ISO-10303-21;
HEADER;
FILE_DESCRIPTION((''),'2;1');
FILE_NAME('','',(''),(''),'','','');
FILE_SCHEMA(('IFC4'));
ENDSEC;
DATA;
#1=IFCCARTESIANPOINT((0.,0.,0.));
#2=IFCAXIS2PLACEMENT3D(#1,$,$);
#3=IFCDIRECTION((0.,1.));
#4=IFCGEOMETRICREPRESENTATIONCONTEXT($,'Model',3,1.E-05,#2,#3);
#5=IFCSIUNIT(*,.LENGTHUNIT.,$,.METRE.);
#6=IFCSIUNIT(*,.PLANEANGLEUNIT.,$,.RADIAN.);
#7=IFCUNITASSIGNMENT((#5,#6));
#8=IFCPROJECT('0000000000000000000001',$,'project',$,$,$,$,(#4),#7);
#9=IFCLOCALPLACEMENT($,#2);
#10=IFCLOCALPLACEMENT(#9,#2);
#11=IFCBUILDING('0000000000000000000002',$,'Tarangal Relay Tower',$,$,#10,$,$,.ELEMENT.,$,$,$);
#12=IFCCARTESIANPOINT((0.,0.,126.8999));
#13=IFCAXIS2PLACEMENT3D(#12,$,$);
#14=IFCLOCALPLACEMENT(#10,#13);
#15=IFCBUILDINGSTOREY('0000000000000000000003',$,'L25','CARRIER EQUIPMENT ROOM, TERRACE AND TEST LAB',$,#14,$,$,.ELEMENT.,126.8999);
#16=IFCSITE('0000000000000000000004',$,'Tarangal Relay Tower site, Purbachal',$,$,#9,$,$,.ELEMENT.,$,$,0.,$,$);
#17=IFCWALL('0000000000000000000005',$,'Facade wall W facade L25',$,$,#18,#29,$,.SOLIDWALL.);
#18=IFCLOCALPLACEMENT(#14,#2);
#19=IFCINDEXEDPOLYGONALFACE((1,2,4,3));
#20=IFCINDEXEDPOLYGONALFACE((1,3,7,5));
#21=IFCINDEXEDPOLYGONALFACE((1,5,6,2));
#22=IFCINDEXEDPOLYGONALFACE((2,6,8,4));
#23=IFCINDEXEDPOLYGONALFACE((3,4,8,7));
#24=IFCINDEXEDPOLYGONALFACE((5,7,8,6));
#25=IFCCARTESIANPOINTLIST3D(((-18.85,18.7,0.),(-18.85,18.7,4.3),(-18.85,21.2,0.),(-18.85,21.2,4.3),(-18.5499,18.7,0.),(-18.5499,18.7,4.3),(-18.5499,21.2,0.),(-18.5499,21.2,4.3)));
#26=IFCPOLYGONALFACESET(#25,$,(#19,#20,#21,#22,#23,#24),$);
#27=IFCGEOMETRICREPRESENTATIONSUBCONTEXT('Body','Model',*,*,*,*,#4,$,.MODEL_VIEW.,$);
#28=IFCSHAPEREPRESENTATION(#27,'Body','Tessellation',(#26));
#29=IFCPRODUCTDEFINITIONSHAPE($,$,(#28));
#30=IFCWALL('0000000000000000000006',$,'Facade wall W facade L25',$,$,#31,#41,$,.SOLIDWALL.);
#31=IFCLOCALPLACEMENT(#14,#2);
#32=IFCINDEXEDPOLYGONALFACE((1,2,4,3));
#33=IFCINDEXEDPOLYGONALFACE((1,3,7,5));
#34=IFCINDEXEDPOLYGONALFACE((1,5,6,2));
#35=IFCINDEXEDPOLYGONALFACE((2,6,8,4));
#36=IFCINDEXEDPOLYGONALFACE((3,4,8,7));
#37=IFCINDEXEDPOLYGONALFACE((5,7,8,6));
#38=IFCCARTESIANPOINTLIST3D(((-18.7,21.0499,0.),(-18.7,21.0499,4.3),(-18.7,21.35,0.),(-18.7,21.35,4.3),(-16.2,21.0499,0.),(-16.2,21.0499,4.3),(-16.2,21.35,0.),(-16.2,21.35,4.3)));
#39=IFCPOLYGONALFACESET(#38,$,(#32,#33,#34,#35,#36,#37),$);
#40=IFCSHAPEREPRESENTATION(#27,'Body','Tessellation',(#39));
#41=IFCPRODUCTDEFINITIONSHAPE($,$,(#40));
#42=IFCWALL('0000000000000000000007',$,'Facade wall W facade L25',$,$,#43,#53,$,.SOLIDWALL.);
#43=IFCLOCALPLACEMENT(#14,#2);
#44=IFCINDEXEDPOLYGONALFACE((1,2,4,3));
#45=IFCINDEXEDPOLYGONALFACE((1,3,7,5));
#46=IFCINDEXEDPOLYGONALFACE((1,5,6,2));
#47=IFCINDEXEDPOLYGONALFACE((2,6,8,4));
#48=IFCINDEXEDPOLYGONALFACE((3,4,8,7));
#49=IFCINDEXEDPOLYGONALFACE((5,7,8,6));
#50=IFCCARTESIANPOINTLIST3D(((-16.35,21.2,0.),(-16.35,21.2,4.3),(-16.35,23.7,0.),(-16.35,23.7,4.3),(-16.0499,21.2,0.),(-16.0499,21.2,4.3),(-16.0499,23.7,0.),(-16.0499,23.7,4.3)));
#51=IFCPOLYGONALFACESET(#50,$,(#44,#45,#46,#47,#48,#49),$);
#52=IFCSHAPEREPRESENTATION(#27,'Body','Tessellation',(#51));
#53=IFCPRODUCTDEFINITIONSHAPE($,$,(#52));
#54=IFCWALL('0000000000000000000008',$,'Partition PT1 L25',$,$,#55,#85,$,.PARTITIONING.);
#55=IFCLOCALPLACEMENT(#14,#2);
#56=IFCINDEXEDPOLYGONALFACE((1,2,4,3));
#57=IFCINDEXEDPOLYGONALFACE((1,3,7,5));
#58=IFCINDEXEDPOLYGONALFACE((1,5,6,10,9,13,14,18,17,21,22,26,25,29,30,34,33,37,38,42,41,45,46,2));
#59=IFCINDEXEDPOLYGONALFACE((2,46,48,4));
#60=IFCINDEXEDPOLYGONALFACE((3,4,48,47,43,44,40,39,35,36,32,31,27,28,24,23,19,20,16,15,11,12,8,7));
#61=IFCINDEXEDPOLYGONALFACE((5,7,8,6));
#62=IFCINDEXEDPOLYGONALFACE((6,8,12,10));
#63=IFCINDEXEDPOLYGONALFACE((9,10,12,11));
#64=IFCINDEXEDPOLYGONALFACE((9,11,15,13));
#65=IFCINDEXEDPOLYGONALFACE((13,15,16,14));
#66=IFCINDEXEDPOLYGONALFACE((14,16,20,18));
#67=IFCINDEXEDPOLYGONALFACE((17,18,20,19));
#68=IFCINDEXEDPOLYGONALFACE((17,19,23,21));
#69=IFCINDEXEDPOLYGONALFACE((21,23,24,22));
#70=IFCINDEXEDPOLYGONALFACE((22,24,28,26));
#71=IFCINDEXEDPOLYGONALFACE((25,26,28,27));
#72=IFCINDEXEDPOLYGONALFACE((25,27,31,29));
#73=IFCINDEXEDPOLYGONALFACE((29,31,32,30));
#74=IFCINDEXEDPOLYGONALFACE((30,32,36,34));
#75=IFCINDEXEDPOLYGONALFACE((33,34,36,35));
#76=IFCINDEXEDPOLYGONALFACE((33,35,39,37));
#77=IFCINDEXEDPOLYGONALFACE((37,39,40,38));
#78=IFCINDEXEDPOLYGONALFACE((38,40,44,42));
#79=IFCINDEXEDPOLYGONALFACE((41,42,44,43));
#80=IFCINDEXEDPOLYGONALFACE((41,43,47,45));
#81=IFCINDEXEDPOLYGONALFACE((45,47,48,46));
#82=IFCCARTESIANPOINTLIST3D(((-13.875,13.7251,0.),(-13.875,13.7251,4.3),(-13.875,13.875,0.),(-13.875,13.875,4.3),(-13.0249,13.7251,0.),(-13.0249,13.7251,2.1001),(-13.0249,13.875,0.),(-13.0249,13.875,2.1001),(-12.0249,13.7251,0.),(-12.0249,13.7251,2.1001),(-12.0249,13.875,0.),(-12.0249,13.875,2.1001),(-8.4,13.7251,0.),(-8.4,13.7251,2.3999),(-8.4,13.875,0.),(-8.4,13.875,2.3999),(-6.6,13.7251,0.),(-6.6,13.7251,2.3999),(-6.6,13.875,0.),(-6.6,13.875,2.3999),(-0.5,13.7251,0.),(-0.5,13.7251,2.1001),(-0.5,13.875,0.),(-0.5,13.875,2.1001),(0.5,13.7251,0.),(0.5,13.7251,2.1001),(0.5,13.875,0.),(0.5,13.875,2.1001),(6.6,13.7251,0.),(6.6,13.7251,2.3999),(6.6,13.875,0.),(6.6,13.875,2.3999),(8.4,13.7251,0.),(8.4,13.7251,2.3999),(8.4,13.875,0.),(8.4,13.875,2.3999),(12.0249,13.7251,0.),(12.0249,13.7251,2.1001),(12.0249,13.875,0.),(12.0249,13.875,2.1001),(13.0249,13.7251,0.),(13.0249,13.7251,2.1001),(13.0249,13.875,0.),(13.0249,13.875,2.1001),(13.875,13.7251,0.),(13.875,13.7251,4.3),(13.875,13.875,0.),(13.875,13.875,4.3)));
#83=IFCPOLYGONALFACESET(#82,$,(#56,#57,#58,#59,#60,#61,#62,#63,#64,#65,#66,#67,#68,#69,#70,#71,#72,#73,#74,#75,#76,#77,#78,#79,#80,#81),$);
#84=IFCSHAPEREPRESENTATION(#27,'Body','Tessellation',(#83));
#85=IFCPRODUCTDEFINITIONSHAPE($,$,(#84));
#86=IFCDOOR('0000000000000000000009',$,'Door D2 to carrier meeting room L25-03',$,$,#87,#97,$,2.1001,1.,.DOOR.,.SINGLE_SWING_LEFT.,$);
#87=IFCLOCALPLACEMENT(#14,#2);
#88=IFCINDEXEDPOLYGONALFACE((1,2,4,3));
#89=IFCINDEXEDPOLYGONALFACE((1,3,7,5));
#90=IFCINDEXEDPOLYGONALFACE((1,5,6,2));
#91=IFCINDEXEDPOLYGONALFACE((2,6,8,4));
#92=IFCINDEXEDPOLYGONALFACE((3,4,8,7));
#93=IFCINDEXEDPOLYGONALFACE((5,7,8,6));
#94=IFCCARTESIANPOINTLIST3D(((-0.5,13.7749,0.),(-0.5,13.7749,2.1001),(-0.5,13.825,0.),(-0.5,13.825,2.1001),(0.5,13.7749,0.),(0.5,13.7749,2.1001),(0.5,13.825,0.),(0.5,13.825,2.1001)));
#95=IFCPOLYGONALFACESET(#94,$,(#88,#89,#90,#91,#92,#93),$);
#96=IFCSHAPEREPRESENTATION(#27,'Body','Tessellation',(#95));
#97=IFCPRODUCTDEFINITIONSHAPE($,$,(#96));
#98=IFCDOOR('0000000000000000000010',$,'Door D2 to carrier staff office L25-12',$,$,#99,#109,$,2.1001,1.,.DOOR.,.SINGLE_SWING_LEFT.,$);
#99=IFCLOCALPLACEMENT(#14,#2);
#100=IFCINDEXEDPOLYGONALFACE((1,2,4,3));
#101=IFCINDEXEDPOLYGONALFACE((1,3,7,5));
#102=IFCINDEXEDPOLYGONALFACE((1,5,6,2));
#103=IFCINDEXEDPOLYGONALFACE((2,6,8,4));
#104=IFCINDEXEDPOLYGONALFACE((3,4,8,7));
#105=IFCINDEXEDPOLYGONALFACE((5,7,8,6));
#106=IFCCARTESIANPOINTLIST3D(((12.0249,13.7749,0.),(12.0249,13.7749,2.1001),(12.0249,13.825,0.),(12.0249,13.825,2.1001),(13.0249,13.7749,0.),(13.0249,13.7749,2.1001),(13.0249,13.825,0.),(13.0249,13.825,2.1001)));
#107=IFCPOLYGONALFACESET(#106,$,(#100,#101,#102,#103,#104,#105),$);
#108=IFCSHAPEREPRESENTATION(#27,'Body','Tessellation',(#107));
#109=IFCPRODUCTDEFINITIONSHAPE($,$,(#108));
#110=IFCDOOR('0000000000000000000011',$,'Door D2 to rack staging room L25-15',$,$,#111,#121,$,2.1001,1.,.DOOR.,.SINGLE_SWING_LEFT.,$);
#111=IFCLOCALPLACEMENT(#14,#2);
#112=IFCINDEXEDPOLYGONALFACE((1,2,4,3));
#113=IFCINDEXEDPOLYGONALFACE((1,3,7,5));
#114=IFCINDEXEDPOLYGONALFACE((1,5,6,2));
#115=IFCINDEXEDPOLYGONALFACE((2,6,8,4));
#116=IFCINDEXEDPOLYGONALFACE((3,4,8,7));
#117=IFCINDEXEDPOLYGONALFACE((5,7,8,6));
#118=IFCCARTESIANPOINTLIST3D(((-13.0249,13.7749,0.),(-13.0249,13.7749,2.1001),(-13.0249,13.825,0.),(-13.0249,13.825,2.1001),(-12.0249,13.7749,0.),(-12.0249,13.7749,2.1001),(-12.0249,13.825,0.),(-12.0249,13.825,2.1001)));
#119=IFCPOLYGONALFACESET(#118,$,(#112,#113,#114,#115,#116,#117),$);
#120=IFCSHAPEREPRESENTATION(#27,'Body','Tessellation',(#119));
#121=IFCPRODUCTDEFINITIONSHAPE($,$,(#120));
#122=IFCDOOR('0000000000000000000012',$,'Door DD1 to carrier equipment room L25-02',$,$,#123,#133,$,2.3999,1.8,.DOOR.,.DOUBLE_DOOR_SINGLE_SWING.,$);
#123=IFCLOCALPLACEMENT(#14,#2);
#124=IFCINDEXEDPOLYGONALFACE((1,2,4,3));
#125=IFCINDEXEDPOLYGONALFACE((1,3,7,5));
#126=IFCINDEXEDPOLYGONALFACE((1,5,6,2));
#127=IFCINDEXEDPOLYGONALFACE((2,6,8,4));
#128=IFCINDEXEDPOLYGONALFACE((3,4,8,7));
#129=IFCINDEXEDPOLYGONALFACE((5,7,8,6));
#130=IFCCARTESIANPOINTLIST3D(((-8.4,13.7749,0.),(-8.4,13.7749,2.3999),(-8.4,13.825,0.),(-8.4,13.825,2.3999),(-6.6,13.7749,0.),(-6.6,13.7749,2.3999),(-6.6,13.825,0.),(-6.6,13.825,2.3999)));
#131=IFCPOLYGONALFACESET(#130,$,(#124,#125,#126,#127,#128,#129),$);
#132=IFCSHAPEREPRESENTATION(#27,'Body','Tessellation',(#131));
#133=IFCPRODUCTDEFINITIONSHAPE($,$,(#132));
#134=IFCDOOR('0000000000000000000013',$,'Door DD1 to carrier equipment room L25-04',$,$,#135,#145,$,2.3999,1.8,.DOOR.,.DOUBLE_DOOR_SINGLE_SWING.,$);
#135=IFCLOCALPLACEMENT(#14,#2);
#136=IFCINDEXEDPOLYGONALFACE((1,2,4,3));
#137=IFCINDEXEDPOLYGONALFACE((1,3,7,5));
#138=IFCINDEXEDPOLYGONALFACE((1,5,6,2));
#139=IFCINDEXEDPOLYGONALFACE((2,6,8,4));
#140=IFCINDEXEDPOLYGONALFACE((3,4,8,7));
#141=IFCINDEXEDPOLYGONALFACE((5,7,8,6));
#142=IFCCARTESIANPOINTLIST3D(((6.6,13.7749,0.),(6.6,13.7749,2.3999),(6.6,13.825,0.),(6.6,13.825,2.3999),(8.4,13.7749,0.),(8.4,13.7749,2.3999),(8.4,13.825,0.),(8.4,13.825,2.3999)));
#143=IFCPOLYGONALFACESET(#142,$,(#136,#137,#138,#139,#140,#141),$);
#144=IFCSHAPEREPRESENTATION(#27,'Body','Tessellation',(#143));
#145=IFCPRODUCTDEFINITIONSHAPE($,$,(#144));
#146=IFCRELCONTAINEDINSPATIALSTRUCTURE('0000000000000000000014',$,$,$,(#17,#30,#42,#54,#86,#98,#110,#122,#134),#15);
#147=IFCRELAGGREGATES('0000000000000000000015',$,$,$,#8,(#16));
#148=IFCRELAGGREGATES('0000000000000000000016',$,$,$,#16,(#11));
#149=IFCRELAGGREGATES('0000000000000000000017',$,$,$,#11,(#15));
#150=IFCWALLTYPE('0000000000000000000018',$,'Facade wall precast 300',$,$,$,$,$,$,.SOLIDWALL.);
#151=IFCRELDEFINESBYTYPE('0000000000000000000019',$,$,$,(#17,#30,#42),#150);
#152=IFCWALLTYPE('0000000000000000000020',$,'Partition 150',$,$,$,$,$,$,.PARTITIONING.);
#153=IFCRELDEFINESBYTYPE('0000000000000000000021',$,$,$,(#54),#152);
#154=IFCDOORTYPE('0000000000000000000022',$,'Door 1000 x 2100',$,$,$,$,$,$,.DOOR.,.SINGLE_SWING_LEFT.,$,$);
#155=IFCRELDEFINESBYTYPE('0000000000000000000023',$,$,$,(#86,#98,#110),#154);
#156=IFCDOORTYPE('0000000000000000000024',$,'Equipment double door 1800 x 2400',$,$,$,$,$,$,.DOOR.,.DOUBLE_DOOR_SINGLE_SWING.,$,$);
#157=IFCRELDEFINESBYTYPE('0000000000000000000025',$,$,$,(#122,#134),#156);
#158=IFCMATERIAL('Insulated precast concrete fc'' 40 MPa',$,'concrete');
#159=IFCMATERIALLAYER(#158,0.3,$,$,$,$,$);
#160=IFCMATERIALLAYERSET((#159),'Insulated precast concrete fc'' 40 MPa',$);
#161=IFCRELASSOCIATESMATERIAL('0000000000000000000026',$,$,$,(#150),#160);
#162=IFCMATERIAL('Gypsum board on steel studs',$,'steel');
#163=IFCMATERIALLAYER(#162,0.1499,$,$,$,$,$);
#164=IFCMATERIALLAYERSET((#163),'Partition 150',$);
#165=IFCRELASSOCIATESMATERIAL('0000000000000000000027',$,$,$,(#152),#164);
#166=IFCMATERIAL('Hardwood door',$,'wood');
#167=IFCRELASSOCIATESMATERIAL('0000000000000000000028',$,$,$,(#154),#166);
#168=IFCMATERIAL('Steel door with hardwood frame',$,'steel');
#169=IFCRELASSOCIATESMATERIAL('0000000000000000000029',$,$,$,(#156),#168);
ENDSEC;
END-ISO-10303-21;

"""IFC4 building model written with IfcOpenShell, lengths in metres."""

from ifc_helpers import new_model, si_unit, direction, frame, frame_2d, origin, place, context, subcontext, project, spatial, rectangle, extrude, material, layer, layer_set, type_object, element, fill, save


model = new_model("IFC4")

# Units and contexts
model_context = context("Model", 3, precision=1e-05, world=origin(), true_north=direction((0.0, 1.0)))
body_context = subcontext(model_context, "Body", "Model", "MODEL_VIEW")
ifc_project = project(units=[si_unit("LENGTHUNIT", "METRE"), si_unit("PLANEANGLEUNIT", "RADIAN")], contexts=[model_context])

# Site, building, storey
site_placement = place(None, origin())
site = spatial("IfcSite", under=ifc_project, at=site_placement, Name="Tarangal Relay Tower site, Purbachal", CompositionType="ELEMENT", RefElevation=0.0)
building_placement = place(site_placement, origin())
building = spatial("IfcBuilding", under=site, at=building_placement, Name="Tarangal Relay Tower", CompositionType="ELEMENT")
storey_placement = place(building_placement, frame((0.0, 0.0, 126.8999)))
storey = spatial("IfcBuildingStorey", under=building, at=storey_placement, Name="L25", Description="CARRIER EQUIPMENT ROOM, TERRACE AND TEST LAB", CompositionType="ELEMENT", Elevation=126.8999)

# Shared definitions
ifc_material_1 = material(Name="Insulated precast concrete fc' 40 MPa", Category="concrete")
ifc_layer_1 = layer(ifc_material_1, 0.3)
ifc_layer_set_1 = layer_set([ifc_layer_1], Name="Insulated precast concrete fc' 40 MPa")
wall_type_1 = type_object("IfcWallType", Name="Facade wall precast 300", PredefinedType="SOLIDWALL", material=ifc_layer_set_1)

# Walls
for number, where, z_axis, x_axis, name in (
    (1, (-18.7, 18.7, 0.0), (0.0, 0.0, 1.0), (0.0, 1.0, 0.0), "Facade wall W facade L25"),
    (2, (-18.7, 21.2, 0.0), (0.0, 0.0, 1.0), (1.0, 0.0, 0.0), "Facade wall W facade L25"),
    (3, (-16.2, 21.2, 0.0), (0.0, 0.0, 1.0), (0.0, 1.0, 0.0), "Facade wall W facade L25"),
):
    element("IfcWall", number, at=place(storey_placement, frame(where, z_axis=z_axis, x_axis=x_axis)), inside=storey, type_object=wall_type_1, Name=name, PredefinedType="SOLIDWALL", context=body_context, shape_type="SweptSolid", body=[
        extrude(rectangle(XDim=2.5, YDim=0.3, at=frame_2d((1.25, 0.0))), origin(), (0.0, 0.0, 1.0), 4.3),
    ])

# Wall, openings, doors
ifc_material_2 = material(Name="Gypsum board on steel studs", Category="steel")
ifc_layer_2 = layer(ifc_material_2, 0.1499)
ifc_layer_set_2 = layer_set([ifc_layer_2], Name="Partition 150")
wall_type_2 = type_object("IfcWallType", Name="Partition 150", PredefinedType="PARTITIONING", material=ifc_layer_set_2)
wall_1_placement = place(storey_placement, frame((-13.875, 13.8, 0.0), z_axis=(0.0, 0.0, 1.0), x_axis=(1.0, 0.0, 0.0)))
wall_1 = element("IfcWall", 4, at=wall_1_placement, inside=storey, type_object=wall_type_2, Name="Partition PT1 L25", PredefinedType="PARTITIONING", context=body_context, shape_type="SweptSolid", body=[
    extrude(rectangle(XDim=27.75, YDim=0.1499, at=frame_2d((13.875, 0.0))), origin(), (0.0, 0.0, 1.0), 4.3),
])
opening_1_placement = place(wall_1_placement, frame((5.4751, 0.0, 0.0)))
opening_1 = element("IfcOpeningElement", 5, at=opening_1_placement, cuts=wall_1, PredefinedType="OPENING", context=body_context, shape_type="SweptSolid", body=[
    extrude(rectangle(XDim=1.8, YDim=2.3999, at=frame_2d((0.8999, 1.2))), frame((0.0, 0.085, 0.0), z_axis=(0.0, -1.0, 0.0), x_axis=(1.0, 0.0, 0.0)), (0.0, 0.0, 1.0), 0.1699),
])
opening_2_placement = place(wall_1_placement, frame((13.375, 0.0, 0.0)))
opening_2 = element("IfcOpeningElement", 6, at=opening_2_placement, cuts=wall_1, PredefinedType="OPENING", context=body_context, shape_type="SweptSolid", body=[
    extrude(rectangle(XDim=1.0, YDim=2.1001, at=frame_2d((0.5, 1.05))), frame((0.0, 0.085, 0.0), z_axis=(0.0, -1.0, 0.0), x_axis=(1.0, 0.0, 0.0)), (0.0, 0.0, 1.0), 0.1699),
])
opening_3_placement = place(wall_1_placement, frame((20.4751, 0.0, 0.0)))
opening_3 = element("IfcOpeningElement", 7, at=opening_3_placement, cuts=wall_1, PredefinedType="OPENING", context=body_context, shape_type="SweptSolid", body=[
    extrude(rectangle(XDim=1.8, YDim=2.3999, at=frame_2d((0.8999, 1.2))), frame((0.0, 0.085, 0.0), z_axis=(0.0, -1.0, 0.0), x_axis=(1.0, 0.0, 0.0)), (0.0, 0.0, 1.0), 0.1699),
])
opening_4_placement = place(wall_1_placement, frame((25.8999, 0.0, 0.0)))
opening_4 = element("IfcOpeningElement", 8, at=opening_4_placement, cuts=wall_1, PredefinedType="OPENING", context=body_context, shape_type="SweptSolid", body=[
    extrude(rectangle(XDim=1.0, YDim=2.1001, at=frame_2d((0.5, 1.05))), frame((0.0, 0.085, 0.0), z_axis=(0.0, -1.0, 0.0), x_axis=(1.0, 0.0, 0.0)), (0.0, 0.0, 1.0), 0.1699),
])
opening_5_placement = place(wall_1_placement, frame((0.8501, 0.0, 0.0)))
opening_5 = element("IfcOpeningElement", 9, at=opening_5_placement, cuts=wall_1, PredefinedType="OPENING", context=body_context, shape_type="SweptSolid", body=[
    extrude(rectangle(XDim=1.0, YDim=2.1001, at=frame_2d((0.5, 1.05))), frame((0.0, 0.085, 0.0), z_axis=(0.0, -1.0, 0.0), x_axis=(1.0, 0.0, 0.0)), (0.0, 0.0, 1.0), 0.1699),
])
ifc_material_3 = material(Name="Hardwood door", Category="wood")
door_type_1 = type_object("IfcDoorType", Name="Door 1000 x 2100", OperationType="SINGLE_SWING_LEFT", PredefinedType="DOOR", material=ifc_material_3)
door_1_placement = place(opening_2_placement, origin())
door_1 = element("IfcDoor", 10, at=door_1_placement, inside=storey, type_object=door_type_1, Name="Door D2 to carrier meeting room L25-03", OperationType="SINGLE_SWING_LEFT", OverallHeight=2.1001, OverallWidth=1.0, PredefinedType="DOOR", context=body_context, shape_type="SweptSolid", body=[
    extrude(rectangle(XDim=1.0, YDim=2.1001, at=frame_2d((0.5, 1.05))), frame((0.0, 0.0249, 0.0), z_axis=(0.0, -1.0, 0.0), x_axis=(1.0, 0.0, 0.0)), (0.0, 0.0, 1.0), 0.05),
])
fill(opening_2, door_1)
door_2_placement = place(opening_4_placement, origin())
door_2 = element("IfcDoor", 11, at=door_2_placement, inside=storey, type_object=door_type_1, Name="Door D2 to carrier staff office L25-12", OperationType="SINGLE_SWING_LEFT", OverallHeight=2.1001, OverallWidth=1.0, PredefinedType="DOOR", context=body_context, shape_type="SweptSolid", body=[
    extrude(rectangle(XDim=1.0, YDim=2.1001, at=frame_2d((0.5, 1.05))), frame((0.0, 0.0249, 0.0), z_axis=(0.0, -1.0, 0.0), x_axis=(1.0, 0.0, 0.0)), (0.0, 0.0, 1.0), 0.05),
])
fill(opening_4, door_2)
door_3_placement = place(opening_5_placement, origin())
door_3 = element("IfcDoor", 12, at=door_3_placement, inside=storey, type_object=door_type_1, Name="Door D2 to rack staging room L25-15", OperationType="SINGLE_SWING_LEFT", OverallHeight=2.1001, OverallWidth=1.0, PredefinedType="DOOR", context=body_context, shape_type="SweptSolid", body=[
    extrude(rectangle(XDim=1.0, YDim=2.1001, at=frame_2d((0.5, 1.05))), frame((0.0, 0.0249, 0.0), z_axis=(0.0, -1.0, 0.0), x_axis=(1.0, 0.0, 0.0)), (0.0, 0.0, 1.0), 0.05),
])
fill(opening_5, door_3)
ifc_material_4 = material(Name="Steel door with hardwood frame", Category="steel")
door_type_2 = type_object("IfcDoorType", Name="Equipment double door 1800 x 2400", OperationType="DOUBLE_DOOR_SINGLE_SWING", PredefinedType="DOOR", material=ifc_material_4)
door_4_placement = place(opening_1_placement, origin())
door_4 = element("IfcDoor", 13, at=door_4_placement, inside=storey, type_object=door_type_2, Name="Door DD1 to carrier equipment room L25-02", OperationType="DOUBLE_DOOR_SINGLE_SWING", OverallHeight=2.3999, OverallWidth=1.8, PredefinedType="DOOR", context=body_context, shape_type="SweptSolid", body=[
    extrude(rectangle(XDim=1.8, YDim=2.3999, at=frame_2d((0.8999, 1.2))), frame((0.0, 0.0249, 0.0), z_axis=(0.0, -1.0, 0.0), x_axis=(1.0, 0.0, 0.0)), (0.0, 0.0, 1.0), 0.05),
])
fill(opening_1, door_4)
door_5_placement = place(opening_3_placement, origin())
door_5 = element("IfcDoor", 14, at=door_5_placement, inside=storey, type_object=door_type_2, Name="Door DD1 to carrier equipment room L25-04", OperationType="DOUBLE_DOOR_SINGLE_SWING", OverallHeight=2.3999, OverallWidth=1.8, PredefinedType="DOOR", context=body_context, shape_type="SweptSolid", body=[
    extrude(rectangle(XDim=1.8, YDim=2.3999, at=frame_2d((0.8999, 1.2))), frame((0.0, 0.0249, 0.0), z_axis=(0.0, -1.0, 0.0), x_axis=(1.0, 0.0, 0.0)), (0.0, 0.0, 1.0), 0.05),
])
fill(opening_3, door_5)

save(model, "model.ifc")
